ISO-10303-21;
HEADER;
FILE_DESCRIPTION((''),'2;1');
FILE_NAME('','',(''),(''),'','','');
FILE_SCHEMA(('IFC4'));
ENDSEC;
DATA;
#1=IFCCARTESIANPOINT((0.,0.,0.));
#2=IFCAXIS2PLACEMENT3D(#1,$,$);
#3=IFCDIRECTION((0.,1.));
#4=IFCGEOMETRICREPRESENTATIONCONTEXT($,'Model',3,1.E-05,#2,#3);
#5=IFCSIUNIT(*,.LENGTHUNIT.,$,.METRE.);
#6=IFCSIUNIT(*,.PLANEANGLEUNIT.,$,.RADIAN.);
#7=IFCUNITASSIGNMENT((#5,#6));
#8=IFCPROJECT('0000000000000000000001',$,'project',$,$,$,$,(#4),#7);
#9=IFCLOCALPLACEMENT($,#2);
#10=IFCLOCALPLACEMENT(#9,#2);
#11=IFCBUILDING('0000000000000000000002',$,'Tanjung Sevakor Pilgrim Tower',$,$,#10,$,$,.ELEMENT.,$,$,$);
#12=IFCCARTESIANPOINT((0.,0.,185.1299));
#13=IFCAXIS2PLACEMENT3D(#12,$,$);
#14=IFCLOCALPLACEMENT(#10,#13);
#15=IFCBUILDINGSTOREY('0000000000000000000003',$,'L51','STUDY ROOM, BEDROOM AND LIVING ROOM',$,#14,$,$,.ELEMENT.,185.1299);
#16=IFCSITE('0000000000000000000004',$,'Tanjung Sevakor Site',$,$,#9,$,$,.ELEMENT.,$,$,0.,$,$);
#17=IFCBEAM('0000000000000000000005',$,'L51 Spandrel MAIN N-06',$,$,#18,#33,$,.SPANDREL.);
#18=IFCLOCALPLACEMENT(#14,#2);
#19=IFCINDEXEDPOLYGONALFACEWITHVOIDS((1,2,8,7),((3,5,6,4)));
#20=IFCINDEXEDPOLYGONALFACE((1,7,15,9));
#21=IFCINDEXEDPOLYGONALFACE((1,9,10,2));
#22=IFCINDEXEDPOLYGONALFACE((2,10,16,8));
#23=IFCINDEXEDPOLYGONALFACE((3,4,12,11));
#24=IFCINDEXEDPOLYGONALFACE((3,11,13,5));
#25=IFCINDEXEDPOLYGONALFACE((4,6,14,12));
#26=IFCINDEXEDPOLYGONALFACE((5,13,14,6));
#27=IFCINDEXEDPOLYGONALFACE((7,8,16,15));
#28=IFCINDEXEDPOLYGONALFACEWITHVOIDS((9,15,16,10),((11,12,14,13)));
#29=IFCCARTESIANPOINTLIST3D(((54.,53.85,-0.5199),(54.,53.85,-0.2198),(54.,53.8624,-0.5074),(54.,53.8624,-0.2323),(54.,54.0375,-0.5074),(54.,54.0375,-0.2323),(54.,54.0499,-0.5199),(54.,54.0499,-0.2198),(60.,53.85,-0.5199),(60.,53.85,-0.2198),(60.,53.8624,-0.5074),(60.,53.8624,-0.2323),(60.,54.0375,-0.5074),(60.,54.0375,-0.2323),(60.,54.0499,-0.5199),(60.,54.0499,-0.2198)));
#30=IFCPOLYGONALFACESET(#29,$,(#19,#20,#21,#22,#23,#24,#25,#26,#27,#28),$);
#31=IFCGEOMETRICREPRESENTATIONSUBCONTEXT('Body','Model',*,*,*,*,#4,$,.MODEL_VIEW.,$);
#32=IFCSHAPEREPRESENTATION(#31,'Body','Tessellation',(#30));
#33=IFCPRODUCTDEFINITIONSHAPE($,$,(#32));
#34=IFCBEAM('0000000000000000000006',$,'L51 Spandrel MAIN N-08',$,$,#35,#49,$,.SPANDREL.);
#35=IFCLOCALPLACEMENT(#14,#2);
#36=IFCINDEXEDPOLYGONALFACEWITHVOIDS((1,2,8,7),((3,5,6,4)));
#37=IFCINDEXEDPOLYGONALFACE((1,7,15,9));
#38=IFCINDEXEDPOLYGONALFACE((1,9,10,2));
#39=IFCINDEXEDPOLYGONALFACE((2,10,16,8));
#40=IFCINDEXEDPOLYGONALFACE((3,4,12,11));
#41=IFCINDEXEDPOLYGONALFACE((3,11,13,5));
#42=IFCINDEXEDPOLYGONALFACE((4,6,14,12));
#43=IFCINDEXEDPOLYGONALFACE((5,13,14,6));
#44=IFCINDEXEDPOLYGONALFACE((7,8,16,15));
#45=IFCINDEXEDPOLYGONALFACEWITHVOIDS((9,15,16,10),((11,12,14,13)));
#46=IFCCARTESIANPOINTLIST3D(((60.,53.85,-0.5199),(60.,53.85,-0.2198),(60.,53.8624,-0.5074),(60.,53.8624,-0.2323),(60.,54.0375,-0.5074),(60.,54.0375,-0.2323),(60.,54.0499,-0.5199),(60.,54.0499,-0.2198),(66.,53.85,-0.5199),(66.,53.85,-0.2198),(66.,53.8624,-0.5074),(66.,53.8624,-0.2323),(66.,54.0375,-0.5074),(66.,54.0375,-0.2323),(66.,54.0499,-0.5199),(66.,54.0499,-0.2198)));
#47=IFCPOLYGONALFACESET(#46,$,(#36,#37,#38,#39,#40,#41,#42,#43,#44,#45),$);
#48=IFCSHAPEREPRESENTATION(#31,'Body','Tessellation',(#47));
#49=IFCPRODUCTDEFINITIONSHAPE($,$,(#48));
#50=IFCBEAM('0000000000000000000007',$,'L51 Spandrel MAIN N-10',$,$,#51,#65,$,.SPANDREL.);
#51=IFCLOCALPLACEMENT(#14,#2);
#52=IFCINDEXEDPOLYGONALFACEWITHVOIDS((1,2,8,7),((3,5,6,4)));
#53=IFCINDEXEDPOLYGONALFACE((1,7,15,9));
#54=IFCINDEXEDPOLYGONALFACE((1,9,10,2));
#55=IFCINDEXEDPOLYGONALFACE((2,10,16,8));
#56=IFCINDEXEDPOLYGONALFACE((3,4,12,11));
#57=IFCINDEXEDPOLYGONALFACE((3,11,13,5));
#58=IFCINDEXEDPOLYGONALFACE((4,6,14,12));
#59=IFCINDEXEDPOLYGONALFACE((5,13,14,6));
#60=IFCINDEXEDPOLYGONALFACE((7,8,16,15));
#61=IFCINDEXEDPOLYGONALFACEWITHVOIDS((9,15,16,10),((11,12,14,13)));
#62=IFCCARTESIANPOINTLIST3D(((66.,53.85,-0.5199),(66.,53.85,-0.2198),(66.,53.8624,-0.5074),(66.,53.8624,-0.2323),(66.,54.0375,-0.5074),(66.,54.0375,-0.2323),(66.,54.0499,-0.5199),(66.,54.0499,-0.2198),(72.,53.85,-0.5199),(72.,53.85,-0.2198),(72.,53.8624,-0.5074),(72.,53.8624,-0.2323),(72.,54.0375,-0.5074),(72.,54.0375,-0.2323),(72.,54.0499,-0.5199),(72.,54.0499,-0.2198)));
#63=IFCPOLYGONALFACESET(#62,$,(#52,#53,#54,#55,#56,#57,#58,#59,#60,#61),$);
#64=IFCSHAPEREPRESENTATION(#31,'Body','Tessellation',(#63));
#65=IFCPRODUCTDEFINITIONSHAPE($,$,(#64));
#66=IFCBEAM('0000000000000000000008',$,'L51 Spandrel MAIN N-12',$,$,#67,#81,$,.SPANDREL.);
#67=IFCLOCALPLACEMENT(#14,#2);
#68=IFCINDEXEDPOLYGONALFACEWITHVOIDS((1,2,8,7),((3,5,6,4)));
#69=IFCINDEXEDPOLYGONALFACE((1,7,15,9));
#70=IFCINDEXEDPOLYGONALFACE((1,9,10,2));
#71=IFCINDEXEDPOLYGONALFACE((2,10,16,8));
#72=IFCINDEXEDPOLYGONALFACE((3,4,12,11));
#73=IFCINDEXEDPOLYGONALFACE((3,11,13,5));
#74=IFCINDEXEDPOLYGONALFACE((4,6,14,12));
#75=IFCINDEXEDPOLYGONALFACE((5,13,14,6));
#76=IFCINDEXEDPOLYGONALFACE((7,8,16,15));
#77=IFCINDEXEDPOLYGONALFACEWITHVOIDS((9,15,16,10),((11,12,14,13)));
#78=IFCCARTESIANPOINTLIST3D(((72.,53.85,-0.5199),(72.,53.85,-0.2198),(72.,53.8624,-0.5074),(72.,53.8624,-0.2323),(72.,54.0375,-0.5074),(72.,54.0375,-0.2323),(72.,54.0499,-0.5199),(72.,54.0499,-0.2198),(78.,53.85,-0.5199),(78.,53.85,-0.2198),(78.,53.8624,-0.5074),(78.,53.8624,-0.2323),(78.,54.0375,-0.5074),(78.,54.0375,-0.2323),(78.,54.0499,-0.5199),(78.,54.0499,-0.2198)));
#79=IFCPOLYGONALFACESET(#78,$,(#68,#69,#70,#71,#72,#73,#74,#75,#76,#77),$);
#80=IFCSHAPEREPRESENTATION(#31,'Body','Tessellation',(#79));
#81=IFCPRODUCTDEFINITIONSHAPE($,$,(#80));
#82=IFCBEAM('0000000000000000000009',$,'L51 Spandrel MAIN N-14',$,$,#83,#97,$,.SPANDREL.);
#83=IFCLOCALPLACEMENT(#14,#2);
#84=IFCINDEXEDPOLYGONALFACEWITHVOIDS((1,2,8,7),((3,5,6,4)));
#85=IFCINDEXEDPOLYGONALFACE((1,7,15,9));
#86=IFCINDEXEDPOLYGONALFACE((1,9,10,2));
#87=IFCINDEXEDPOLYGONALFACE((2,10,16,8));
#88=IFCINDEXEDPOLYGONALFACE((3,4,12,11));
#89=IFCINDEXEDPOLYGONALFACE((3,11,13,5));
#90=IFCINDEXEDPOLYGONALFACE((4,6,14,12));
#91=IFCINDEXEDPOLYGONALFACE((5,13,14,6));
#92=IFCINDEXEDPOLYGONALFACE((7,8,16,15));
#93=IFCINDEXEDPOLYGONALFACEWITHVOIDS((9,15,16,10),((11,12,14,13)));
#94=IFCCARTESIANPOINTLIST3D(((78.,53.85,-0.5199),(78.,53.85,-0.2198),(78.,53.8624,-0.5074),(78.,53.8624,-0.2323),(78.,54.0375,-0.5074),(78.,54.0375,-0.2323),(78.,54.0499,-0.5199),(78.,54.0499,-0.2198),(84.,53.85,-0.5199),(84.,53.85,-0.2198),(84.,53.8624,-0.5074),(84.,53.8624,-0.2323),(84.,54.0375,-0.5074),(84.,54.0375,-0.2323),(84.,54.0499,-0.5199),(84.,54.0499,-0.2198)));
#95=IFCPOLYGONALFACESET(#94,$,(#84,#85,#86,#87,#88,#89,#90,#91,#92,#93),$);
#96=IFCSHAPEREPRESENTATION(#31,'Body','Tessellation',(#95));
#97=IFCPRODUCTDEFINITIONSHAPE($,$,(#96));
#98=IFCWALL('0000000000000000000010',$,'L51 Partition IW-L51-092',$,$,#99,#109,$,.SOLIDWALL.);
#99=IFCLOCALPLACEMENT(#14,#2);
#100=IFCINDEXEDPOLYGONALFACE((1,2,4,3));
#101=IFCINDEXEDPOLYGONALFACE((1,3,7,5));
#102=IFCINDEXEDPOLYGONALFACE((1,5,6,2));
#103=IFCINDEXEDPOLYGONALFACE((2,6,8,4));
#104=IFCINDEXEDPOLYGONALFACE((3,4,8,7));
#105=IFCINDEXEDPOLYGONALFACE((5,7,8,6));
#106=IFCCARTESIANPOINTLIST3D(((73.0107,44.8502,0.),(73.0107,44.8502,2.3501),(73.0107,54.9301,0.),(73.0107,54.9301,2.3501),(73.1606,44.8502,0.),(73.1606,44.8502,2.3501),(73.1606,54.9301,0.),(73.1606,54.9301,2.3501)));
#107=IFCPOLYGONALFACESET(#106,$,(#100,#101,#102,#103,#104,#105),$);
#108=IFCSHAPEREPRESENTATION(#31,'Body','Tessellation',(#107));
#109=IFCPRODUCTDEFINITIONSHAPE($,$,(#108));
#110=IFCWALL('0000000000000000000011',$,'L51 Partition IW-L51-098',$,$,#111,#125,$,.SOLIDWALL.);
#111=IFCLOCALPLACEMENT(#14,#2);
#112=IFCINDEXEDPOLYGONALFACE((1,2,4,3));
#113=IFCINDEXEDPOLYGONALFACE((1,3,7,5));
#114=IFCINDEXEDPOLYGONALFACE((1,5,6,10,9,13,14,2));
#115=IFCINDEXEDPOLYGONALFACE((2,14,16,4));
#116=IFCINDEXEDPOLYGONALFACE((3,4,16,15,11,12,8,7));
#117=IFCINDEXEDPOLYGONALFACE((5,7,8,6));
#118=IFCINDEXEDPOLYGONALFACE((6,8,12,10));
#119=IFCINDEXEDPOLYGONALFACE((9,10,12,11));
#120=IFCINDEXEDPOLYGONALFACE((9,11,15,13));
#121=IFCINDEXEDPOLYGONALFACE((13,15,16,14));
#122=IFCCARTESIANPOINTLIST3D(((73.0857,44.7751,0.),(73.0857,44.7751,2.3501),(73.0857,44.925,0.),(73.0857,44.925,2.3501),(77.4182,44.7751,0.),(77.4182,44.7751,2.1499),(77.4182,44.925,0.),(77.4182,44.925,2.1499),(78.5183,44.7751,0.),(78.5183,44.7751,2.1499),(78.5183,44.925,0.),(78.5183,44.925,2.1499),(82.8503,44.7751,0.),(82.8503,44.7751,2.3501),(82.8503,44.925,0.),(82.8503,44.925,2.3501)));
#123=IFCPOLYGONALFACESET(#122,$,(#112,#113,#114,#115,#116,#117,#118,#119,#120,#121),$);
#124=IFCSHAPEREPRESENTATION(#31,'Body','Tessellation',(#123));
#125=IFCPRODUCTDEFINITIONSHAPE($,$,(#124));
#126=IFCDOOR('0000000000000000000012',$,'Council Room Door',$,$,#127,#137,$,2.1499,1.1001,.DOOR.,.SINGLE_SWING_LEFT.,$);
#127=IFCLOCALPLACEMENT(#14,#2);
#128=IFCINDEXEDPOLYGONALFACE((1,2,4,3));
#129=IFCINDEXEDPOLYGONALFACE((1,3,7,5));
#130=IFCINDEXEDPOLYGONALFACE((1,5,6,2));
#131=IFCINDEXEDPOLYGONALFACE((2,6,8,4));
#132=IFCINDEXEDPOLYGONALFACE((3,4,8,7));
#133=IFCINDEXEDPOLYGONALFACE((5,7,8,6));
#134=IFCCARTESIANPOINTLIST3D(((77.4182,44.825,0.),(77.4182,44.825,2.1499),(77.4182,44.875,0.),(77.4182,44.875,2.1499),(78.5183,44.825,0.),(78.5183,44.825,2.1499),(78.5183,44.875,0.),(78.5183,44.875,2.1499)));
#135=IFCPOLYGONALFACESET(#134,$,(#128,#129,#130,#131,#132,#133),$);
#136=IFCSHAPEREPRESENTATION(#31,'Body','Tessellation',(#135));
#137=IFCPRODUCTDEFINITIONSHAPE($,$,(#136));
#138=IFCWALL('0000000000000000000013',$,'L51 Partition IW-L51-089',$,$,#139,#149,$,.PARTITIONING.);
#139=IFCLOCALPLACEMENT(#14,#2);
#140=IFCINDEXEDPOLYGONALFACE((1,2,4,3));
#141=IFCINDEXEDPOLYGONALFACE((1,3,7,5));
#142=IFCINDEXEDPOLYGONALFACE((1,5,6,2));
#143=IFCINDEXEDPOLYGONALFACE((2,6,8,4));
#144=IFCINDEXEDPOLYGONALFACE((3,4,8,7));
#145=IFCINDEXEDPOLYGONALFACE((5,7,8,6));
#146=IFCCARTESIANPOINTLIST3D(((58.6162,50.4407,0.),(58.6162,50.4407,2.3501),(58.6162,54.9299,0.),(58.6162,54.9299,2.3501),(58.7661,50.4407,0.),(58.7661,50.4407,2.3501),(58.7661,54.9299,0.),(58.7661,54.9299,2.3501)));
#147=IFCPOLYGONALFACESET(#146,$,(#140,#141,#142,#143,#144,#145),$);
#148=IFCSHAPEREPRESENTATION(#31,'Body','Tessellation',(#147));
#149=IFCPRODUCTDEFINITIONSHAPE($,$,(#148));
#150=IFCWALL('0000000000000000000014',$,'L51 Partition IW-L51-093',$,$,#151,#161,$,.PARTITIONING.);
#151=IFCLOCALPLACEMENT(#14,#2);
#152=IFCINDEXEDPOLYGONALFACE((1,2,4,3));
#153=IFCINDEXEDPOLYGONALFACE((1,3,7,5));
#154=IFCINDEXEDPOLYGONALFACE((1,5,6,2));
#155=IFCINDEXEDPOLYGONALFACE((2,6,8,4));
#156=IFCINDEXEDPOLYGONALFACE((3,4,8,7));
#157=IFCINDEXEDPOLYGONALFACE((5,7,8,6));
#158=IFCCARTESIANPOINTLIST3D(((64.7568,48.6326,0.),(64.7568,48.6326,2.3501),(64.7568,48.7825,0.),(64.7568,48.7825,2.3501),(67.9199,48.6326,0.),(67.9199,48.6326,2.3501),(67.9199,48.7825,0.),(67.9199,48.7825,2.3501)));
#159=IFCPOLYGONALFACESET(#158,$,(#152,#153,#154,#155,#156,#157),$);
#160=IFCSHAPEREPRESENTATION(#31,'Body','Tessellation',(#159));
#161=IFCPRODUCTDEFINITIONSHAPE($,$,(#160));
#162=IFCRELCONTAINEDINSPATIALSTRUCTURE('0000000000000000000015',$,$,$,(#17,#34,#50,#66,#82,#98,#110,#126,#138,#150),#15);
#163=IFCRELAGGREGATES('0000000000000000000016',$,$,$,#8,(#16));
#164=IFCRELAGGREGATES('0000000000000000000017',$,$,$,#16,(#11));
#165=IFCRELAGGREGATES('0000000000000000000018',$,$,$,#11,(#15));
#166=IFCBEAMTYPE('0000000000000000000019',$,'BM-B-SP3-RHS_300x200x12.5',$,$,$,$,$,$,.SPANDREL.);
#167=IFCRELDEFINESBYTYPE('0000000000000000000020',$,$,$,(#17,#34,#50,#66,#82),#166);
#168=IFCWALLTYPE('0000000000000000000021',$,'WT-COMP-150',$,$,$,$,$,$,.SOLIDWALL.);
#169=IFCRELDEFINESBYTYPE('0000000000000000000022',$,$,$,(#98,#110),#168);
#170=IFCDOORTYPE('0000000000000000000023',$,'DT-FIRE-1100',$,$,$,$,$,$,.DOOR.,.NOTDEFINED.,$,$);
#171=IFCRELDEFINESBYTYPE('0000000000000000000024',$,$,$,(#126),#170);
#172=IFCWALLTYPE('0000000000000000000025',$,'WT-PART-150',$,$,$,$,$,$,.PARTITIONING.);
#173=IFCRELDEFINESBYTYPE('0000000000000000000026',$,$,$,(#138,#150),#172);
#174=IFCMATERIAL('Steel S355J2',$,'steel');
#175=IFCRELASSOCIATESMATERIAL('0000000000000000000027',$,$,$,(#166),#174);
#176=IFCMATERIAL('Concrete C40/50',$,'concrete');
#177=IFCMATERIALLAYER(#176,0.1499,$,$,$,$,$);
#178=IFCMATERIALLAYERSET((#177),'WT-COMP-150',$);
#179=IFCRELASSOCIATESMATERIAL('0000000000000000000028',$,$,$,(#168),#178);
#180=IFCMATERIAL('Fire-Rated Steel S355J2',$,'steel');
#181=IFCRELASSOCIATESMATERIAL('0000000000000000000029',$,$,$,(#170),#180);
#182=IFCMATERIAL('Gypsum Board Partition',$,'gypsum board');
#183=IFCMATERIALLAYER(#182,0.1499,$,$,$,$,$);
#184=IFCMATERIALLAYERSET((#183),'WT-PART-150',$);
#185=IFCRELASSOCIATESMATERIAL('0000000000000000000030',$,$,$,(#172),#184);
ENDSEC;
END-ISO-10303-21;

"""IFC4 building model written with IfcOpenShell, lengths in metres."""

from ifc_helpers import new_model, si_unit, direction, frame, frame_2d, origin, origin_2d, place, context, subcontext, project, spatial, rectangle, hollow_rectangle, extrude, material, layer, layer_set, material_profile, profile_set, type_object, element, fill, save


model = new_model("IFC4")

# Units and contexts
model_context = context("Model", 3, precision=1e-05, world=origin(), true_north=direction((0.0, 1.0)))
body_context = subcontext(model_context, "Body", "Model", "MODEL_VIEW")
ifc_project = project(units=[si_unit("LENGTHUNIT", "METRE"), si_unit("PLANEANGLEUNIT", "RADIAN")], contexts=[model_context])

# Site, building, storey
site_placement = place(None, origin())
site = spatial("IfcSite", under=ifc_project, at=site_placement, Name="Tanjung Sevakor Site", CompositionType="ELEMENT", RefElevation=0.0)
building_placement = place(site_placement, origin())
building = spatial("IfcBuilding", under=site, at=building_placement, Name="Tanjung Sevakor Pilgrim Tower", CompositionType="ELEMENT")
storey_placement = place(building_placement, frame((0.0, 0.0, 185.1299)))
storey = spatial("IfcBuildingStorey", under=building, at=storey_placement, Name="L51", Description="STUDY ROOM, BEDROOM AND LIVING ROOM", CompositionType="ELEMENT", Elevation=185.1299)

# Beams
ifc_material_1 = material(Name="Steel S355J2", Category="steel")
ifc_material_profile_1 = material_profile(ifc_material_1, hollow_rectangle(XDim=0.2, YDim=0.3, WallThickness=0.0125, at=origin_2d()))
ifc_profile_set_1 = profile_set([ifc_material_profile_1], Name="Steel S355J2")
beam_type_1 = type_object("IfcBeamType", Name="BM-B-SP3-RHS_300x200x12.5", PredefinedType="SPANDREL", material=ifc_profile_set_1)
for number, where, z_axis, x_axis, name in (
    (1, (54.0, 53.95, -0.3699), (1.0, 0.0, 0.0), (0.0, 1.0, 0.0), "L51 Spandrel MAIN N-06"),
    (2, (60.0, 53.95, -0.3699), (1.0, 0.0, 0.0), (0.0, 1.0, 0.0), "L51 Spandrel MAIN N-08"),
    (3, (66.0, 53.95, -0.3699), (1.0, 0.0, 0.0), (0.0, 1.0, 0.0), "L51 Spandrel MAIN N-10"),
    (4, (72.0, 53.95, -0.3699), (1.0, 0.0, 0.0), (0.0, 1.0, 0.0), "L51 Spandrel MAIN N-12"),
    (5, (78.0, 53.95, -0.3699), (1.0, 0.0, 0.0), (0.0, 1.0, 0.0), "L51 Spandrel MAIN N-14"),
):
    element("IfcBeam", number, at=place(storey_placement, frame(where, z_axis=z_axis, x_axis=x_axis)), inside=storey, type_object=beam_type_1, Name=name, PredefinedType="SPANDREL", context=body_context, shape_type="SweptSolid", body=[
        extrude(hollow_rectangle(XDim=0.2, YDim=0.3, WallThickness=0.0125, at=origin_2d()), origin(), (0.0, 0.0, 1.0), 6.0),
    ])

# Wall
ifc_material_2 = material(Name="Concrete C40/50", Category="concrete")
ifc_layer_1 = layer(ifc_material_2, 0.1499)
ifc_layer_set_1 = layer_set([ifc_layer_1], Name="WT-COMP-150")
wall_type_1 = type_object("IfcWallType", Name="WT-COMP-150", PredefinedType="SOLIDWALL", material=ifc_layer_set_1)
wall_1_placement = place(storey_placement, frame((73.0857, 44.8501, 0.0), z_axis=(0.0, 0.0, 1.0), x_axis=(0.0, 1.0, 0.0)))
element("IfcWall", 6, at=wall_1_placement, inside=storey, type_object=wall_type_1, Name="L51 Partition IW-L51-092", PredefinedType="SOLIDWALL", context=body_context, shape_type="SweptSolid", body=[
    extrude(rectangle(XDim=10.0798, YDim=0.1499, at=frame_2d((5.04, 0.0))), origin(), (0.0, 0.0, 1.0), 2.3501),
])

# Wall, opening, door
wall_2_placement = place(storey_placement, frame((73.0857, 44.8501, 0.0), z_axis=(0.0, 0.0, 1.0), x_axis=(1.0, 0.0, 0.0)))
wall_2 = element("IfcWall", 7, at=wall_2_placement, inside=storey, type_object=wall_type_1, Name="L51 Partition IW-L51-098", PredefinedType="SOLIDWALL", context=body_context, shape_type="SweptSolid", body=[
    extrude(rectangle(XDim=9.7646, YDim=0.1499, at=frame_2d((4.8823, 0.0))), origin(), (0.0, 0.0, 1.0), 2.3501),
])
opening_1_placement = place(wall_2_placement, frame((4.3325, 0.0, 0.0)))
opening_1 = element("IfcOpeningElement", 8, at=opening_1_placement, cuts=wall_2, PredefinedType="OPENING", context=body_context, shape_type="SweptSolid", body=[
    extrude(rectangle(XDim=1.1001, YDim=2.1499, at=frame_2d((0.55, 1.075))), frame((0.0, 0.085, 0.0), z_axis=(0.0, -1.0, 0.0), x_axis=(1.0, 0.0, 0.0)), (0.0, 0.0, 1.0), 0.1699),
])
ifc_material_3 = material(Name="Fire-Rated Steel S355J2", Category="steel")
door_type_1 = type_object("IfcDoorType", Name="DT-FIRE-1100", OperationType="NOTDEFINED", PredefinedType="DOOR", material=ifc_material_3)
door_1_placement = place(opening_1_placement, origin())
door_1 = element("IfcDoor", 9, at=door_1_placement, inside=storey, type_object=door_type_1, Name="Council Room Door", OperationType="SINGLE_SWING_LEFT", OverallHeight=2.1499, OverallWidth=1.1001, PredefinedType="DOOR", context=body_context, shape_type="SweptSolid", body=[
    extrude(rectangle(XDim=1.1001, YDim=2.1499, at=frame_2d((0.55, 1.075))), frame((0.0, 0.0249, 0.0), z_axis=(0.0, -1.0, 0.0), x_axis=(1.0, 0.0, 0.0)), (0.0, 0.0, 1.0), 0.05),
])
fill(opening_1, door_1)

# Walls
ifc_material_4 = material(Name="Gypsum Board Partition", Category="gypsum board")
ifc_layer_2 = layer(ifc_material_4, 0.1499)
ifc_layer_set_2 = layer_set([ifc_layer_2], Name="WT-PART-150")
wall_type_2 = type_object("IfcWallType", Name="WT-PART-150", PredefinedType="PARTITIONING", material=ifc_layer_set_2)
wall_3_placement = place(storey_placement, frame((58.6912, 50.4407, 0.0), z_axis=(0.0, 0.0, 1.0), x_axis=(0.0, 1.0, 0.0)))
element("IfcWall", 10, at=wall_3_placement, inside=storey, type_object=wall_type_2, Name="L51 Partition IW-L51-089", PredefinedType="PARTITIONING", context=body_context, shape_type="SweptSolid", body=[
    extrude(rectangle(XDim=4.4893, YDim=0.1499, at=frame_2d((2.2446, 0.0))), origin(), (0.0, 0.0, 1.0), 2.3501),
])
wall_4_placement = place(storey_placement, frame((64.7568, 48.7075, 0.0), z_axis=(0.0, 0.0, 1.0), x_axis=(1.0, 0.0, 0.0)))
element("IfcWall", 11, at=wall_4_placement, inside=storey, type_object=wall_type_2, Name="L51 Partition IW-L51-093", PredefinedType="PARTITIONING", context=body_context, shape_type="SweptSolid", body=[
    extrude(rectangle(XDim=3.1631, YDim=0.1499, at=frame_2d((1.5815, 0.0))), origin(), (0.0, 0.0, 1.0), 2.3501),
])

save(model, "model.ifc")
